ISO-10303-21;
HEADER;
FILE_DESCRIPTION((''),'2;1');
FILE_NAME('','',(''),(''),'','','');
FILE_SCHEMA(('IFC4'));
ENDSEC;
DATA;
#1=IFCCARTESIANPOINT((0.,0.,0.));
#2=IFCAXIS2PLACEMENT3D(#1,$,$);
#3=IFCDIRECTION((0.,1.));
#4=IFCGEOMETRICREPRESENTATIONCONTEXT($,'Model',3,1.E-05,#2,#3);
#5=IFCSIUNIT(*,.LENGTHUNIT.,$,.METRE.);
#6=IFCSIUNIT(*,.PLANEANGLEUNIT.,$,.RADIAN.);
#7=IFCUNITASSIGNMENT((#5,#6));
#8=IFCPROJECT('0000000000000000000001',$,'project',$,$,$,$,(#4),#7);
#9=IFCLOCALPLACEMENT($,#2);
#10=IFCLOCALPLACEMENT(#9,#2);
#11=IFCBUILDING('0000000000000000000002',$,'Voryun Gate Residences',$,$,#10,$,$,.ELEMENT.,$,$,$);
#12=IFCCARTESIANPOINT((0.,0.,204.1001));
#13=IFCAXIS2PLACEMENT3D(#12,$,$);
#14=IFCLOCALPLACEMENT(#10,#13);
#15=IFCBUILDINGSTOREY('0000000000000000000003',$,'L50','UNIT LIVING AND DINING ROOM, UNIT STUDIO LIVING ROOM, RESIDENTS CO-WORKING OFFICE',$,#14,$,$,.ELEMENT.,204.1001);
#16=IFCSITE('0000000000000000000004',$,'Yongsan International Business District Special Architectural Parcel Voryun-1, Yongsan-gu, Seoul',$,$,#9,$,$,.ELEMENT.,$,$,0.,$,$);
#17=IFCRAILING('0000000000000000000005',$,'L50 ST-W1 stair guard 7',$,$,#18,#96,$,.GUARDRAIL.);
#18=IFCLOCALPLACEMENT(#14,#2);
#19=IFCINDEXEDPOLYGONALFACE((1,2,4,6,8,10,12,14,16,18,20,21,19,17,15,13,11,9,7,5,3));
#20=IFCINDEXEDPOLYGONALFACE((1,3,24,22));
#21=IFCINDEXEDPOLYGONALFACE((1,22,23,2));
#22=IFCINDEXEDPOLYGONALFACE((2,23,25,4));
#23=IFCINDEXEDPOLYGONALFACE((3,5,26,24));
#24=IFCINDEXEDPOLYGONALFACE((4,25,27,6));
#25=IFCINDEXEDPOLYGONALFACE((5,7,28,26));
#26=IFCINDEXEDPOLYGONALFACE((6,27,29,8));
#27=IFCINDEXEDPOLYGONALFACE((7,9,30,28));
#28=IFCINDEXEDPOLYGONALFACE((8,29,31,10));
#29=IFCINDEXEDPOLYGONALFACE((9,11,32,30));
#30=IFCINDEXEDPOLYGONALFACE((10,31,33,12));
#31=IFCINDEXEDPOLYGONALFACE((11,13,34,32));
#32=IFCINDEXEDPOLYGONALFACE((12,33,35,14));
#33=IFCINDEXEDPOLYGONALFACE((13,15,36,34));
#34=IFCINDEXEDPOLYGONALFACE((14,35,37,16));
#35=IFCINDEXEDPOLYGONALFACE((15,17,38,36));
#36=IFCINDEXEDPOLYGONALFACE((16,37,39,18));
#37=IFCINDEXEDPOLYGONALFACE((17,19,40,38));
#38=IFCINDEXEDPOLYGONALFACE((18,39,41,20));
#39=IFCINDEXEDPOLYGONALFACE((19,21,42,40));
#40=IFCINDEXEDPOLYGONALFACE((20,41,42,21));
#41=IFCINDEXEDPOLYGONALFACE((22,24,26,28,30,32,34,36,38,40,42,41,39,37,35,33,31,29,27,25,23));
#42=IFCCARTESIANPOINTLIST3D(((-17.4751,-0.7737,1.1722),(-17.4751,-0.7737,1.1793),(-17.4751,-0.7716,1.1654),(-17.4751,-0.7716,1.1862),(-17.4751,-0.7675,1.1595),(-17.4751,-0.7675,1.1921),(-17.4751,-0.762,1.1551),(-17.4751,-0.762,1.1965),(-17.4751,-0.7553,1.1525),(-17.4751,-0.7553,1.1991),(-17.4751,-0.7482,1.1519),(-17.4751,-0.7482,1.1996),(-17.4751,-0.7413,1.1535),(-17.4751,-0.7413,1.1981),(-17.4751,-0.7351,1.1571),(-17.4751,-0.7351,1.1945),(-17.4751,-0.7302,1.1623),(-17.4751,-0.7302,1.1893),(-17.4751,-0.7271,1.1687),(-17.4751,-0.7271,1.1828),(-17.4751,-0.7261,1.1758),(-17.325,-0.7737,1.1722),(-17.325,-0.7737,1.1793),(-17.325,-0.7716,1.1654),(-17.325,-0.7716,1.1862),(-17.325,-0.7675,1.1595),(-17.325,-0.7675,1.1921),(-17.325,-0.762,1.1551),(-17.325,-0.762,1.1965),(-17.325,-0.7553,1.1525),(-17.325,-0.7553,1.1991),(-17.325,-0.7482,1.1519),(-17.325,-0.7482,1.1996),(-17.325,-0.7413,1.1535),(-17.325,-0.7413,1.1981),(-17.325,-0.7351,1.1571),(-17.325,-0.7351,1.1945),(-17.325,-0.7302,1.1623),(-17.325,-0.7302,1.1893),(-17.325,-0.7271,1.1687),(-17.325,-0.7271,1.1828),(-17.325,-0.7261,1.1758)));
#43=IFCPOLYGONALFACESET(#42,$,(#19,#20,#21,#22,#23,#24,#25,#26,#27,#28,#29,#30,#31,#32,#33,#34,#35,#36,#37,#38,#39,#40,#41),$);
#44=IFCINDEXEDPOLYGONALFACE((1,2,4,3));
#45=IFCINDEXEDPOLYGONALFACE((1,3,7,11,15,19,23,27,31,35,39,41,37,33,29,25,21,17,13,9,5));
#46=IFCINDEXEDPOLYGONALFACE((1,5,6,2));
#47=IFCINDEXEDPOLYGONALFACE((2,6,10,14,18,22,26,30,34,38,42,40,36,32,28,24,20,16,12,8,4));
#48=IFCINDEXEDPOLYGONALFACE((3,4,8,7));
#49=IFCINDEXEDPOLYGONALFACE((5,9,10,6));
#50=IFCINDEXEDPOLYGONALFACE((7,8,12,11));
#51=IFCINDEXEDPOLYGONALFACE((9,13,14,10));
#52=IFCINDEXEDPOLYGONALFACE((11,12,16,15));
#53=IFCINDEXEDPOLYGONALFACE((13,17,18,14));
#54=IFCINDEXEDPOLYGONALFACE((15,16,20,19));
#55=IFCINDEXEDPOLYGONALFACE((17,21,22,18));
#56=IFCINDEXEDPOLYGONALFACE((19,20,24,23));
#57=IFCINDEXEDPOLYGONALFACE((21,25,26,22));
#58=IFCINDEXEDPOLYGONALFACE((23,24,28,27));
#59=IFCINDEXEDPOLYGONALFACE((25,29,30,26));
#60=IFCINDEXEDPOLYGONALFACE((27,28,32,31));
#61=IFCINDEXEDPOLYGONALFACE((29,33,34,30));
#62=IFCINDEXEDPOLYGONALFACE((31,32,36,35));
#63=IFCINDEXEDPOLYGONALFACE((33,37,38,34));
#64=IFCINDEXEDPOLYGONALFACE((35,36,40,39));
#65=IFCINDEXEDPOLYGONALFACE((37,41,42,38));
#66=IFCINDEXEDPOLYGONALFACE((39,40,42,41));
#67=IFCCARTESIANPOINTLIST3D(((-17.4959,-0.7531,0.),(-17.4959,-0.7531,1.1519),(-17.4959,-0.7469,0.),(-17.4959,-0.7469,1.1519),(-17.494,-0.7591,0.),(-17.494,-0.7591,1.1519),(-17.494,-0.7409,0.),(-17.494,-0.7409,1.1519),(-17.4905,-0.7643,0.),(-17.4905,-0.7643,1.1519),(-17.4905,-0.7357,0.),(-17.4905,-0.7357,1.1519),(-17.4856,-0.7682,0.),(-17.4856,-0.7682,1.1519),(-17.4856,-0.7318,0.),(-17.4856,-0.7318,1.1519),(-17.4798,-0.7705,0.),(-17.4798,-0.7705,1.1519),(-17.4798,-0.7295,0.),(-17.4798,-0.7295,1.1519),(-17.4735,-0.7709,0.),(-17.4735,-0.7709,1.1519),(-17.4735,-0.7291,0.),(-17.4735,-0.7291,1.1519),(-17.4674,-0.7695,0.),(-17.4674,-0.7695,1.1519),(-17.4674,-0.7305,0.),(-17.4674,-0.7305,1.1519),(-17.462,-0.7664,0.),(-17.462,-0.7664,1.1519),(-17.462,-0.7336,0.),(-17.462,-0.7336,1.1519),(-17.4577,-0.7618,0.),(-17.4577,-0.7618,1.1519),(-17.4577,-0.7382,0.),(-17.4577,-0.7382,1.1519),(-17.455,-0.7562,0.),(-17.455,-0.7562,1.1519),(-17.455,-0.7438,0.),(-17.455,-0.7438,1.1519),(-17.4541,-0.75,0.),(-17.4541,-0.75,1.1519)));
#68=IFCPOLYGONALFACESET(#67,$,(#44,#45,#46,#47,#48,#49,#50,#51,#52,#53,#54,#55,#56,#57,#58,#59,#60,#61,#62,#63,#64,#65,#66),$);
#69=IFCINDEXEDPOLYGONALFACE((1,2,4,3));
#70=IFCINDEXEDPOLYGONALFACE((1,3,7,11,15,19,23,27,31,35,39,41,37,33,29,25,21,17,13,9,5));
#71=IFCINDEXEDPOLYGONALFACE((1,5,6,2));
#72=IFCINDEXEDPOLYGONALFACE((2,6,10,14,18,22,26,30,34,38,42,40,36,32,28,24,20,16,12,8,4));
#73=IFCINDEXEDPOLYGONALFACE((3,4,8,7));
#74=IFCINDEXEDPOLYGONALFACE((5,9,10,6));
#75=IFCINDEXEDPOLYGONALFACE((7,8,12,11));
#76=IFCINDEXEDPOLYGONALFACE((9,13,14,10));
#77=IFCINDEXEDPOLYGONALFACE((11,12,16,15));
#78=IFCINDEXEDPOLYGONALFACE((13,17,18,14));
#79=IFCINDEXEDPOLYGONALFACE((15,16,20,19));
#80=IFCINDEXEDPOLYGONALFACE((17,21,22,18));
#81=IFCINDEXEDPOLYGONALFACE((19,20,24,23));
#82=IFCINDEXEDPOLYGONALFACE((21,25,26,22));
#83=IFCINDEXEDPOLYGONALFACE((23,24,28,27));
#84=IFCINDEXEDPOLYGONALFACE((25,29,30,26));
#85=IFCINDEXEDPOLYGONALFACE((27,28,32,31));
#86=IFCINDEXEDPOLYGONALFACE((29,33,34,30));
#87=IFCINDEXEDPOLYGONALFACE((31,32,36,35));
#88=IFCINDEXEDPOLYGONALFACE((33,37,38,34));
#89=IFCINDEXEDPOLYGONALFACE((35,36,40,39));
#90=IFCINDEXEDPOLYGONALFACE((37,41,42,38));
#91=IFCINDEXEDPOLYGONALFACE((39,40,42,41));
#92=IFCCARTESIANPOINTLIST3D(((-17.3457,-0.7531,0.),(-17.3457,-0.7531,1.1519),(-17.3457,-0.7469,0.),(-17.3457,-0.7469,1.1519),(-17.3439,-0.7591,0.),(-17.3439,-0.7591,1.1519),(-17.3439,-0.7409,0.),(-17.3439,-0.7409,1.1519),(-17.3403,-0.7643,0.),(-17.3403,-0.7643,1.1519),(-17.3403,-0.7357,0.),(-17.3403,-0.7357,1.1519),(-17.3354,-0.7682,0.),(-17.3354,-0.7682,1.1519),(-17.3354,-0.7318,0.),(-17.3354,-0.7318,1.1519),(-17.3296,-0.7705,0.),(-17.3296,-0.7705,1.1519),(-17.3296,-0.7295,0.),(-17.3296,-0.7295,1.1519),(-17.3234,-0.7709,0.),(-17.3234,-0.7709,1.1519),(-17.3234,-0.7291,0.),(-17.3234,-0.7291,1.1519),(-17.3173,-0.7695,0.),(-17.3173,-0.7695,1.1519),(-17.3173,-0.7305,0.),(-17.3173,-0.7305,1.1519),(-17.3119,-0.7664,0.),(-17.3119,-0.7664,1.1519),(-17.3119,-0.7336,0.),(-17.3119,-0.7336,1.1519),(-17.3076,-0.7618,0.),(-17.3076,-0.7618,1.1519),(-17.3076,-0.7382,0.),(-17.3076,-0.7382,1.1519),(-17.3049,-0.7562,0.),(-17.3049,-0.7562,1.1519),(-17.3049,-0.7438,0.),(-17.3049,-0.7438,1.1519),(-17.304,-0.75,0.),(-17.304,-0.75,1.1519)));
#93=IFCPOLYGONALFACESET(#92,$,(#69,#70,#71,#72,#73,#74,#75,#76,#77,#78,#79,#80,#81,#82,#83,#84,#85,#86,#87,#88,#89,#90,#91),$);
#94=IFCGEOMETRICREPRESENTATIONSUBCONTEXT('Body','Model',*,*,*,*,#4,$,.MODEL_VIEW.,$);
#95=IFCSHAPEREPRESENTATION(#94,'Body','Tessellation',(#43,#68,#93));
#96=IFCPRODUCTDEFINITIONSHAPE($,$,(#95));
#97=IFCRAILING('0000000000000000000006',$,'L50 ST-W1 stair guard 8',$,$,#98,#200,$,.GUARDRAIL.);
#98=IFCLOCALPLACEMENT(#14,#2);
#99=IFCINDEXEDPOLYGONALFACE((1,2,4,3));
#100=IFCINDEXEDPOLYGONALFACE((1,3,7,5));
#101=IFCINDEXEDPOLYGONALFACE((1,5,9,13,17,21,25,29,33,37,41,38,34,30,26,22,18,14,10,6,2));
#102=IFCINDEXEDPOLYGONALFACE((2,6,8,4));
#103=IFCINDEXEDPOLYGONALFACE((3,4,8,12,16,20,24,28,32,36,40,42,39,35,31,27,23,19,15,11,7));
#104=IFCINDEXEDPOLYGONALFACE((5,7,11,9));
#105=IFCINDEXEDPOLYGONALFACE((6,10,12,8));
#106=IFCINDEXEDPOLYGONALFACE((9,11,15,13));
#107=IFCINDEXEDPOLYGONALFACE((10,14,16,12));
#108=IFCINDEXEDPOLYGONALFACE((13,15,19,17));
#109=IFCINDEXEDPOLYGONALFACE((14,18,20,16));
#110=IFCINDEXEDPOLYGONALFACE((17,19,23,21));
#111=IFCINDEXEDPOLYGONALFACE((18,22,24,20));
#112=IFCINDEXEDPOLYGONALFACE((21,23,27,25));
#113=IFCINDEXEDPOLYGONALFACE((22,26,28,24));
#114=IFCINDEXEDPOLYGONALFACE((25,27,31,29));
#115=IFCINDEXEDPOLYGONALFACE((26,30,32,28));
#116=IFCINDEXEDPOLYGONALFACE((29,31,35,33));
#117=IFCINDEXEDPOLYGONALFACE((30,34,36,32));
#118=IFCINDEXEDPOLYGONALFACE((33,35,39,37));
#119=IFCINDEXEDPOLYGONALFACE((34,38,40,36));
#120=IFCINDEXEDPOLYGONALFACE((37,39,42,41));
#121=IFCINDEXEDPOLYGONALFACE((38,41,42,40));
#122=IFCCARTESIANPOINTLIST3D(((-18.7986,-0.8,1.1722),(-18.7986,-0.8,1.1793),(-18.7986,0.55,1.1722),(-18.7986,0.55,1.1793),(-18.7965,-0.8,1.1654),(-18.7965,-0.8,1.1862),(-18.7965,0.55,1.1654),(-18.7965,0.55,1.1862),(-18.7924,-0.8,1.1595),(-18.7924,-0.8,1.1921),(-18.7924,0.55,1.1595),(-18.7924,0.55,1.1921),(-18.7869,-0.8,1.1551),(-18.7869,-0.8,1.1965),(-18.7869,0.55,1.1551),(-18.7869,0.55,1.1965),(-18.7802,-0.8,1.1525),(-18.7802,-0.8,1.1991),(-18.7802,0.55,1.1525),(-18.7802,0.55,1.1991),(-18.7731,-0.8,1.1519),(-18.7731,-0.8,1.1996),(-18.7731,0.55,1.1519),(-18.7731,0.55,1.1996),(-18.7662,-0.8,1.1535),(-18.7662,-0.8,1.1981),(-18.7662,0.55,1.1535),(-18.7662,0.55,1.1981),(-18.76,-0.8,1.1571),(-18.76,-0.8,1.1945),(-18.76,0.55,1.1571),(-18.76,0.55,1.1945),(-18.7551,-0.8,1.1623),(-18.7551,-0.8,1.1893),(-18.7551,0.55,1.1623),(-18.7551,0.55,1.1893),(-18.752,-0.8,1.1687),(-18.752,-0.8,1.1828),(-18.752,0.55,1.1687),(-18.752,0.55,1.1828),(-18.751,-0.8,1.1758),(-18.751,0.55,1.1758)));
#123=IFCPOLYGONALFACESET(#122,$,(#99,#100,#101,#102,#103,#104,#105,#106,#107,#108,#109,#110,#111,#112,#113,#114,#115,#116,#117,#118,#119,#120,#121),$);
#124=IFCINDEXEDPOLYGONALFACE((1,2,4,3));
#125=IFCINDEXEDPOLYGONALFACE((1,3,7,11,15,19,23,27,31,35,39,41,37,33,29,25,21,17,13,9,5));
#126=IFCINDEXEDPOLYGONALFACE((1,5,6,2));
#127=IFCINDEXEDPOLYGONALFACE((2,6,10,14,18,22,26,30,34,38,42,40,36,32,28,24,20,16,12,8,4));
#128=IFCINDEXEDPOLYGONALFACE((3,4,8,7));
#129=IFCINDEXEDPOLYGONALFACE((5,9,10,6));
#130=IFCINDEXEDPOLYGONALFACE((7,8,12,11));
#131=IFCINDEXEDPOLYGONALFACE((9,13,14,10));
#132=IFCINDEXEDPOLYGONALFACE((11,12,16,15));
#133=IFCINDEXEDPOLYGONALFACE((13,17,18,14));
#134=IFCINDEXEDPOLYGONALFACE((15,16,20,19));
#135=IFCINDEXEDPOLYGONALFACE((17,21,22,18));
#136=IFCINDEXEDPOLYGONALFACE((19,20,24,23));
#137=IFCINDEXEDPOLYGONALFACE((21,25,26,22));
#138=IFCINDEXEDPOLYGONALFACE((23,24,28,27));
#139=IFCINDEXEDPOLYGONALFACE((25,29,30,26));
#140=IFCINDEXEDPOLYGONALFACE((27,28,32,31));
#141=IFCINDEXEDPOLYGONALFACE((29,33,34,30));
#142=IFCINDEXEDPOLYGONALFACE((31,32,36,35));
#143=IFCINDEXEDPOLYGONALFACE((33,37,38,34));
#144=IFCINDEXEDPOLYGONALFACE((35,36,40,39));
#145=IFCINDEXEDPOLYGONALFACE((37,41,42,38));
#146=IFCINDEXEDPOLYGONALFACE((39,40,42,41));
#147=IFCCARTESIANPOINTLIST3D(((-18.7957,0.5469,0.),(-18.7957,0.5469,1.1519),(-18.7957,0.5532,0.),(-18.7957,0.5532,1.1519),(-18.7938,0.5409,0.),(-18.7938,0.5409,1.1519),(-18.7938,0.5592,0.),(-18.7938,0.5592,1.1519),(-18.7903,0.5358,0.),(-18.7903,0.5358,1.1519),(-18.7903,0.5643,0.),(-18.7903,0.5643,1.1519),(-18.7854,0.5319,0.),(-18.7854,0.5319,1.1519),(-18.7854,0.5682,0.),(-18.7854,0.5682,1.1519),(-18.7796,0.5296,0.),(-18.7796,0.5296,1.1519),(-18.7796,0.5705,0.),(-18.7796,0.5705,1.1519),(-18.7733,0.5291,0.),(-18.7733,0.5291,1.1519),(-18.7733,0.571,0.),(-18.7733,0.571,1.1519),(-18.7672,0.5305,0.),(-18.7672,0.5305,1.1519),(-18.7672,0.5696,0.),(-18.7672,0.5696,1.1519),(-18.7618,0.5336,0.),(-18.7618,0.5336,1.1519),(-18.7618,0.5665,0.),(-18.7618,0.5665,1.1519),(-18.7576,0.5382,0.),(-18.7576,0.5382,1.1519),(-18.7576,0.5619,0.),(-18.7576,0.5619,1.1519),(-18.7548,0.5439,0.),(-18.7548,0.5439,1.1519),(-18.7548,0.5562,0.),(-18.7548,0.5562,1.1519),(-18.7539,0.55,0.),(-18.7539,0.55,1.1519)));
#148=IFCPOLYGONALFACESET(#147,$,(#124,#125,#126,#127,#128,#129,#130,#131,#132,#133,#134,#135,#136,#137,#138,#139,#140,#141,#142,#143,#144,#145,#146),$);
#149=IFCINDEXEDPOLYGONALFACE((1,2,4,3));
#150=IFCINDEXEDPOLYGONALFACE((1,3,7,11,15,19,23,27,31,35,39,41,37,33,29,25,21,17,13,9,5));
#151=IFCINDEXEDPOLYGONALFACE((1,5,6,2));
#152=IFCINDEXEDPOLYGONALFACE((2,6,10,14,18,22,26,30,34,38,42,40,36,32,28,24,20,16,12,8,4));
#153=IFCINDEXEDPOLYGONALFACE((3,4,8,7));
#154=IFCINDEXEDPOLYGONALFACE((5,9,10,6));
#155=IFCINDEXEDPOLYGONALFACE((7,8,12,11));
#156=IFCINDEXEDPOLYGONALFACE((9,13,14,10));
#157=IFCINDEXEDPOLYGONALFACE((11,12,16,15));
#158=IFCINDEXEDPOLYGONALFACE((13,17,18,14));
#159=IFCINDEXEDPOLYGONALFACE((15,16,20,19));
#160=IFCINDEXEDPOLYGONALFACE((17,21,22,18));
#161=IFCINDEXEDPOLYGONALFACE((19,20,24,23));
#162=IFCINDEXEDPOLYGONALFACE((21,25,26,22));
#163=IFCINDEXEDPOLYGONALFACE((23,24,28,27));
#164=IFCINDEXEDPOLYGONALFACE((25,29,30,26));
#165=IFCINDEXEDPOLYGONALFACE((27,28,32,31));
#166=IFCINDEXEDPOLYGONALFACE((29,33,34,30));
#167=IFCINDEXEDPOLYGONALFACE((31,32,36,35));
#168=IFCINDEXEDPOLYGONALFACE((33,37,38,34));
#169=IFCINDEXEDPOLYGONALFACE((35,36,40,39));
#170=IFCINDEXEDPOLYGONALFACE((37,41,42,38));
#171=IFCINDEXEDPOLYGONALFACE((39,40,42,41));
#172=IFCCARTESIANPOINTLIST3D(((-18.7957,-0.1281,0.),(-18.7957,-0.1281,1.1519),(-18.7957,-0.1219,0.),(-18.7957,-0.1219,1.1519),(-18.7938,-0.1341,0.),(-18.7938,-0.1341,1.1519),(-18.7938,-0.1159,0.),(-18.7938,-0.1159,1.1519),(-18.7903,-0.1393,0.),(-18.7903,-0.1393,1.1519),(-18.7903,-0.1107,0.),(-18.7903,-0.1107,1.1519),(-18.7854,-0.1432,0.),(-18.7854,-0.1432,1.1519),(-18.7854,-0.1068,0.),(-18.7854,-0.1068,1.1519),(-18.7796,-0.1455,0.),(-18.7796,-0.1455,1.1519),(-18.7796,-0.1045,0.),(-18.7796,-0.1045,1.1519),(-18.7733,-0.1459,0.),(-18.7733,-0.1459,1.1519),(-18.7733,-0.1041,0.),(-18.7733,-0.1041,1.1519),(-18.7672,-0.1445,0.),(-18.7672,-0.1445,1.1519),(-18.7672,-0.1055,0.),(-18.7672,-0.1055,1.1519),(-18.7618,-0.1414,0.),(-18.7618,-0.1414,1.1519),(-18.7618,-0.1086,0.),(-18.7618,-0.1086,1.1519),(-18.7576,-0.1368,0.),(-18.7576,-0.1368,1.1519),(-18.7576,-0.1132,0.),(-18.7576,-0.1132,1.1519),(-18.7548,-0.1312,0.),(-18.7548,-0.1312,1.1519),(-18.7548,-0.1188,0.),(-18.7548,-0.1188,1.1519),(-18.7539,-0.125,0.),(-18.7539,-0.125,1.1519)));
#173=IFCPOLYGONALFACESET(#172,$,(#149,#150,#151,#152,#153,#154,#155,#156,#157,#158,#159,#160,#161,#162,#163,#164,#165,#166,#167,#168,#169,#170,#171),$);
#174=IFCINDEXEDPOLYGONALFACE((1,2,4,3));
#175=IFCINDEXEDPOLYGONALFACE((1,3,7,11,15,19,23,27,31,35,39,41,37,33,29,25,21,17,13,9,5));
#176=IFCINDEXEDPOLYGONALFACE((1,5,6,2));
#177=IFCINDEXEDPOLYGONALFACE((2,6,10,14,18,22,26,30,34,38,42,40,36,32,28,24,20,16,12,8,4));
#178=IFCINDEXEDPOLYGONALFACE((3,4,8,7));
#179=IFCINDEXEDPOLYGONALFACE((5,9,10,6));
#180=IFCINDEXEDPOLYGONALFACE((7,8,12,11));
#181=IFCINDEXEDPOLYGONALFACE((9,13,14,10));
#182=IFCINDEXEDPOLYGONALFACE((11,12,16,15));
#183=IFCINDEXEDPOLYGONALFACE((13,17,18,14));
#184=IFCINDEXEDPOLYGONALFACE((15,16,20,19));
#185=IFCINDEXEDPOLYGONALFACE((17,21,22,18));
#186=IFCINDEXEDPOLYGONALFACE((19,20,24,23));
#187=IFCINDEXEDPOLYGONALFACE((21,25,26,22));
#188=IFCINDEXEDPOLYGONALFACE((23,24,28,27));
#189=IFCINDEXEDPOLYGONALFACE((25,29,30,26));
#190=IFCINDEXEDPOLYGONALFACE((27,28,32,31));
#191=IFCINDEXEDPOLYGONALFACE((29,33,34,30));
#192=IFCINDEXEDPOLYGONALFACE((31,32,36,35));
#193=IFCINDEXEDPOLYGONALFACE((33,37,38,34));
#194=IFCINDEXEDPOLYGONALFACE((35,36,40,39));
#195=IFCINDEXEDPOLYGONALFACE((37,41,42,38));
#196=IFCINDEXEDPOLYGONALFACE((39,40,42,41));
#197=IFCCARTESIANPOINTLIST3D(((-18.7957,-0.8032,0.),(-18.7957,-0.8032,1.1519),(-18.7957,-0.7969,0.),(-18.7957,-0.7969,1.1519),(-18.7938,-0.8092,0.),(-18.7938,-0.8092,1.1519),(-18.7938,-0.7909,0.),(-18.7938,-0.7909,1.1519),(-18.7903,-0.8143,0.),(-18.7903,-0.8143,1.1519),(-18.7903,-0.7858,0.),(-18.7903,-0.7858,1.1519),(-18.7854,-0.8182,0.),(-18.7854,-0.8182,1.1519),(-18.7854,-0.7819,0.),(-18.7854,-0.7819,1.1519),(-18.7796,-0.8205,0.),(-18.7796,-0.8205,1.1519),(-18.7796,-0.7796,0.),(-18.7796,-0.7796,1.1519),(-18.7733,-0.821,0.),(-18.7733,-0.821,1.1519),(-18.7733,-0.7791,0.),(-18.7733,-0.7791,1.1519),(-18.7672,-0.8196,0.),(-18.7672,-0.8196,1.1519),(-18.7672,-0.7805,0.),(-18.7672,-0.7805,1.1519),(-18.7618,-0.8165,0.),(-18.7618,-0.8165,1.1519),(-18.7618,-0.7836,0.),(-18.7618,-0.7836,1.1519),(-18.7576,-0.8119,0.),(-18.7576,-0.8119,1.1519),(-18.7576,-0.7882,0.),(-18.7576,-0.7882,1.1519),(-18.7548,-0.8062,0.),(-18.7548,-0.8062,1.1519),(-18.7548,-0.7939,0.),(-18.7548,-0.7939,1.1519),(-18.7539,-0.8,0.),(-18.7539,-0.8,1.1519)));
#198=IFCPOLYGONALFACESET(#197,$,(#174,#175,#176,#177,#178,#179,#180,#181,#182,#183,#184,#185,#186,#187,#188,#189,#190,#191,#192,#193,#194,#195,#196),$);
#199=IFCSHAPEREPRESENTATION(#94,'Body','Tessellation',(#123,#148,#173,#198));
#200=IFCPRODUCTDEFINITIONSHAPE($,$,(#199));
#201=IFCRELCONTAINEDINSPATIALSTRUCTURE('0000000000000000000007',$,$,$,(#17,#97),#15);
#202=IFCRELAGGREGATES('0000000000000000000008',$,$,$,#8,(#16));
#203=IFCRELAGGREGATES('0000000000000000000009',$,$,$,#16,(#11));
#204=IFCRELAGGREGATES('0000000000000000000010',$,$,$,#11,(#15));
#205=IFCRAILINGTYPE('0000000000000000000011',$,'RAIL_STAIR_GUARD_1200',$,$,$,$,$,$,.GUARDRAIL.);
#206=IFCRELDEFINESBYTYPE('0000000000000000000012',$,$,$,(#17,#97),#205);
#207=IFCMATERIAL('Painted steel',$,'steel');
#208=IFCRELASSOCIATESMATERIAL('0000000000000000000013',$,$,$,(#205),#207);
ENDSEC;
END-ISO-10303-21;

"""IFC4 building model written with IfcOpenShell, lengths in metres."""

from ifc_helpers import new_model, si_unit, direction, frame, origin, origin_2d, place, context, subcontext, project, spatial, circle, extrude, material, type_object, element, save


model = new_model("IFC4")

# Units and contexts
model_context = context("Model", 3, precision=1e-05, world=origin(), true_north=direction((0.0, 1.0)))
body_context = subcontext(model_context, "Body", "Model", "MODEL_VIEW")
ifc_project = project(units=[si_unit("LENGTHUNIT", "METRE"), si_unit("PLANEANGLEUNIT", "RADIAN")], contexts=[model_context])

# Site, building, storey
site_placement = place(None, origin())
site = spatial("IfcSite", under=ifc_project, at=site_placement, Name="Yongsan International Business District Special Architectural Parcel Voryun-1, Yongsan-gu, Seoul", CompositionType="ELEMENT", RefElevation=0.0)
building_placement = place(site_placement, origin())
building = spatial("IfcBuilding", under=site, at=building_placement, Name="Voryun Gate Residences", CompositionType="ELEMENT")
storey_placement = place(building_placement, frame((0.0, 0.0, 204.1001)))
storey = spatial("IfcBuildingStorey", under=building, at=storey_placement, Name="L50", Description="UNIT LIVING AND DINING ROOM, UNIT STUDIO LIVING ROOM, RESIDENTS CO-WORKING OFFICE", CompositionType="ELEMENT", Elevation=204.1001)

# Railings
ifc_material_1 = material(Name="Painted steel", Category="steel")
railing_type_1 = type_object("IfcRailingType", Name="RAIL_STAIR_GUARD_1200", PredefinedType="GUARDRAIL", material=ifc_material_1)
railing_1_placement = place(storey_placement, frame((-17.4751, -0.75, 0.0)))
element("IfcRailing", 1, at=railing_1_placement, inside=storey, type_object=railing_type_1, Name="L50 ST-W1 stair guard 7", PredefinedType="GUARDRAIL", context=body_context, shape_type="SweptSolid", body=[
    extrude(circle(Radius=0.0239, at=origin_2d()), frame((0.0, 0.0, 1.1758), z_axis=(1.0, 0.0, 0.0), x_axis=(0.0, 1.0, 0.0)), (0.0, 0.0, 1.0), 0.1501),
    extrude(circle(Radius=0.021, at=origin_2d()), origin(), (0.0, 0.0, 1.0), 1.1519),
    extrude(circle(Radius=0.021, at=origin_2d()), frame((0.1501, 0.0, 0.0)), (0.0, 0.0, 1.0), 1.1519),
])
railing_2_placement = place(storey_placement, frame((-18.7749, 0.55, 0.0)))
element("IfcRailing", 2, at=railing_2_placement, inside=storey, type_object=railing_type_1, Name="L50 ST-W1 stair guard 8", PredefinedType="GUARDRAIL", context=body_context, shape_type="SweptSolid", body=[
    extrude(circle(Radius=0.0239, at=origin_2d()), frame((0.0, 0.0, 1.1758), z_axis=(0.0, -1.0, 0.0), x_axis=(1.0, 0.0, 0.0)), (0.0, 0.0, 1.0), 1.3501),
    extrude(circle(Radius=0.021, at=origin_2d()), origin(), (0.0, 0.0, 1.0), 1.1519),
    extrude(circle(Radius=0.021, at=origin_2d()), frame((0.0, -0.675, 0.0)), (0.0, 0.0, 1.0), 1.1519),
    extrude(circle(Radius=0.021, at=origin_2d()), frame((0.0, -1.3501, 0.0)), (0.0, 0.0, 1.0), 1.1519),
])

save(model, "model.ifc")
